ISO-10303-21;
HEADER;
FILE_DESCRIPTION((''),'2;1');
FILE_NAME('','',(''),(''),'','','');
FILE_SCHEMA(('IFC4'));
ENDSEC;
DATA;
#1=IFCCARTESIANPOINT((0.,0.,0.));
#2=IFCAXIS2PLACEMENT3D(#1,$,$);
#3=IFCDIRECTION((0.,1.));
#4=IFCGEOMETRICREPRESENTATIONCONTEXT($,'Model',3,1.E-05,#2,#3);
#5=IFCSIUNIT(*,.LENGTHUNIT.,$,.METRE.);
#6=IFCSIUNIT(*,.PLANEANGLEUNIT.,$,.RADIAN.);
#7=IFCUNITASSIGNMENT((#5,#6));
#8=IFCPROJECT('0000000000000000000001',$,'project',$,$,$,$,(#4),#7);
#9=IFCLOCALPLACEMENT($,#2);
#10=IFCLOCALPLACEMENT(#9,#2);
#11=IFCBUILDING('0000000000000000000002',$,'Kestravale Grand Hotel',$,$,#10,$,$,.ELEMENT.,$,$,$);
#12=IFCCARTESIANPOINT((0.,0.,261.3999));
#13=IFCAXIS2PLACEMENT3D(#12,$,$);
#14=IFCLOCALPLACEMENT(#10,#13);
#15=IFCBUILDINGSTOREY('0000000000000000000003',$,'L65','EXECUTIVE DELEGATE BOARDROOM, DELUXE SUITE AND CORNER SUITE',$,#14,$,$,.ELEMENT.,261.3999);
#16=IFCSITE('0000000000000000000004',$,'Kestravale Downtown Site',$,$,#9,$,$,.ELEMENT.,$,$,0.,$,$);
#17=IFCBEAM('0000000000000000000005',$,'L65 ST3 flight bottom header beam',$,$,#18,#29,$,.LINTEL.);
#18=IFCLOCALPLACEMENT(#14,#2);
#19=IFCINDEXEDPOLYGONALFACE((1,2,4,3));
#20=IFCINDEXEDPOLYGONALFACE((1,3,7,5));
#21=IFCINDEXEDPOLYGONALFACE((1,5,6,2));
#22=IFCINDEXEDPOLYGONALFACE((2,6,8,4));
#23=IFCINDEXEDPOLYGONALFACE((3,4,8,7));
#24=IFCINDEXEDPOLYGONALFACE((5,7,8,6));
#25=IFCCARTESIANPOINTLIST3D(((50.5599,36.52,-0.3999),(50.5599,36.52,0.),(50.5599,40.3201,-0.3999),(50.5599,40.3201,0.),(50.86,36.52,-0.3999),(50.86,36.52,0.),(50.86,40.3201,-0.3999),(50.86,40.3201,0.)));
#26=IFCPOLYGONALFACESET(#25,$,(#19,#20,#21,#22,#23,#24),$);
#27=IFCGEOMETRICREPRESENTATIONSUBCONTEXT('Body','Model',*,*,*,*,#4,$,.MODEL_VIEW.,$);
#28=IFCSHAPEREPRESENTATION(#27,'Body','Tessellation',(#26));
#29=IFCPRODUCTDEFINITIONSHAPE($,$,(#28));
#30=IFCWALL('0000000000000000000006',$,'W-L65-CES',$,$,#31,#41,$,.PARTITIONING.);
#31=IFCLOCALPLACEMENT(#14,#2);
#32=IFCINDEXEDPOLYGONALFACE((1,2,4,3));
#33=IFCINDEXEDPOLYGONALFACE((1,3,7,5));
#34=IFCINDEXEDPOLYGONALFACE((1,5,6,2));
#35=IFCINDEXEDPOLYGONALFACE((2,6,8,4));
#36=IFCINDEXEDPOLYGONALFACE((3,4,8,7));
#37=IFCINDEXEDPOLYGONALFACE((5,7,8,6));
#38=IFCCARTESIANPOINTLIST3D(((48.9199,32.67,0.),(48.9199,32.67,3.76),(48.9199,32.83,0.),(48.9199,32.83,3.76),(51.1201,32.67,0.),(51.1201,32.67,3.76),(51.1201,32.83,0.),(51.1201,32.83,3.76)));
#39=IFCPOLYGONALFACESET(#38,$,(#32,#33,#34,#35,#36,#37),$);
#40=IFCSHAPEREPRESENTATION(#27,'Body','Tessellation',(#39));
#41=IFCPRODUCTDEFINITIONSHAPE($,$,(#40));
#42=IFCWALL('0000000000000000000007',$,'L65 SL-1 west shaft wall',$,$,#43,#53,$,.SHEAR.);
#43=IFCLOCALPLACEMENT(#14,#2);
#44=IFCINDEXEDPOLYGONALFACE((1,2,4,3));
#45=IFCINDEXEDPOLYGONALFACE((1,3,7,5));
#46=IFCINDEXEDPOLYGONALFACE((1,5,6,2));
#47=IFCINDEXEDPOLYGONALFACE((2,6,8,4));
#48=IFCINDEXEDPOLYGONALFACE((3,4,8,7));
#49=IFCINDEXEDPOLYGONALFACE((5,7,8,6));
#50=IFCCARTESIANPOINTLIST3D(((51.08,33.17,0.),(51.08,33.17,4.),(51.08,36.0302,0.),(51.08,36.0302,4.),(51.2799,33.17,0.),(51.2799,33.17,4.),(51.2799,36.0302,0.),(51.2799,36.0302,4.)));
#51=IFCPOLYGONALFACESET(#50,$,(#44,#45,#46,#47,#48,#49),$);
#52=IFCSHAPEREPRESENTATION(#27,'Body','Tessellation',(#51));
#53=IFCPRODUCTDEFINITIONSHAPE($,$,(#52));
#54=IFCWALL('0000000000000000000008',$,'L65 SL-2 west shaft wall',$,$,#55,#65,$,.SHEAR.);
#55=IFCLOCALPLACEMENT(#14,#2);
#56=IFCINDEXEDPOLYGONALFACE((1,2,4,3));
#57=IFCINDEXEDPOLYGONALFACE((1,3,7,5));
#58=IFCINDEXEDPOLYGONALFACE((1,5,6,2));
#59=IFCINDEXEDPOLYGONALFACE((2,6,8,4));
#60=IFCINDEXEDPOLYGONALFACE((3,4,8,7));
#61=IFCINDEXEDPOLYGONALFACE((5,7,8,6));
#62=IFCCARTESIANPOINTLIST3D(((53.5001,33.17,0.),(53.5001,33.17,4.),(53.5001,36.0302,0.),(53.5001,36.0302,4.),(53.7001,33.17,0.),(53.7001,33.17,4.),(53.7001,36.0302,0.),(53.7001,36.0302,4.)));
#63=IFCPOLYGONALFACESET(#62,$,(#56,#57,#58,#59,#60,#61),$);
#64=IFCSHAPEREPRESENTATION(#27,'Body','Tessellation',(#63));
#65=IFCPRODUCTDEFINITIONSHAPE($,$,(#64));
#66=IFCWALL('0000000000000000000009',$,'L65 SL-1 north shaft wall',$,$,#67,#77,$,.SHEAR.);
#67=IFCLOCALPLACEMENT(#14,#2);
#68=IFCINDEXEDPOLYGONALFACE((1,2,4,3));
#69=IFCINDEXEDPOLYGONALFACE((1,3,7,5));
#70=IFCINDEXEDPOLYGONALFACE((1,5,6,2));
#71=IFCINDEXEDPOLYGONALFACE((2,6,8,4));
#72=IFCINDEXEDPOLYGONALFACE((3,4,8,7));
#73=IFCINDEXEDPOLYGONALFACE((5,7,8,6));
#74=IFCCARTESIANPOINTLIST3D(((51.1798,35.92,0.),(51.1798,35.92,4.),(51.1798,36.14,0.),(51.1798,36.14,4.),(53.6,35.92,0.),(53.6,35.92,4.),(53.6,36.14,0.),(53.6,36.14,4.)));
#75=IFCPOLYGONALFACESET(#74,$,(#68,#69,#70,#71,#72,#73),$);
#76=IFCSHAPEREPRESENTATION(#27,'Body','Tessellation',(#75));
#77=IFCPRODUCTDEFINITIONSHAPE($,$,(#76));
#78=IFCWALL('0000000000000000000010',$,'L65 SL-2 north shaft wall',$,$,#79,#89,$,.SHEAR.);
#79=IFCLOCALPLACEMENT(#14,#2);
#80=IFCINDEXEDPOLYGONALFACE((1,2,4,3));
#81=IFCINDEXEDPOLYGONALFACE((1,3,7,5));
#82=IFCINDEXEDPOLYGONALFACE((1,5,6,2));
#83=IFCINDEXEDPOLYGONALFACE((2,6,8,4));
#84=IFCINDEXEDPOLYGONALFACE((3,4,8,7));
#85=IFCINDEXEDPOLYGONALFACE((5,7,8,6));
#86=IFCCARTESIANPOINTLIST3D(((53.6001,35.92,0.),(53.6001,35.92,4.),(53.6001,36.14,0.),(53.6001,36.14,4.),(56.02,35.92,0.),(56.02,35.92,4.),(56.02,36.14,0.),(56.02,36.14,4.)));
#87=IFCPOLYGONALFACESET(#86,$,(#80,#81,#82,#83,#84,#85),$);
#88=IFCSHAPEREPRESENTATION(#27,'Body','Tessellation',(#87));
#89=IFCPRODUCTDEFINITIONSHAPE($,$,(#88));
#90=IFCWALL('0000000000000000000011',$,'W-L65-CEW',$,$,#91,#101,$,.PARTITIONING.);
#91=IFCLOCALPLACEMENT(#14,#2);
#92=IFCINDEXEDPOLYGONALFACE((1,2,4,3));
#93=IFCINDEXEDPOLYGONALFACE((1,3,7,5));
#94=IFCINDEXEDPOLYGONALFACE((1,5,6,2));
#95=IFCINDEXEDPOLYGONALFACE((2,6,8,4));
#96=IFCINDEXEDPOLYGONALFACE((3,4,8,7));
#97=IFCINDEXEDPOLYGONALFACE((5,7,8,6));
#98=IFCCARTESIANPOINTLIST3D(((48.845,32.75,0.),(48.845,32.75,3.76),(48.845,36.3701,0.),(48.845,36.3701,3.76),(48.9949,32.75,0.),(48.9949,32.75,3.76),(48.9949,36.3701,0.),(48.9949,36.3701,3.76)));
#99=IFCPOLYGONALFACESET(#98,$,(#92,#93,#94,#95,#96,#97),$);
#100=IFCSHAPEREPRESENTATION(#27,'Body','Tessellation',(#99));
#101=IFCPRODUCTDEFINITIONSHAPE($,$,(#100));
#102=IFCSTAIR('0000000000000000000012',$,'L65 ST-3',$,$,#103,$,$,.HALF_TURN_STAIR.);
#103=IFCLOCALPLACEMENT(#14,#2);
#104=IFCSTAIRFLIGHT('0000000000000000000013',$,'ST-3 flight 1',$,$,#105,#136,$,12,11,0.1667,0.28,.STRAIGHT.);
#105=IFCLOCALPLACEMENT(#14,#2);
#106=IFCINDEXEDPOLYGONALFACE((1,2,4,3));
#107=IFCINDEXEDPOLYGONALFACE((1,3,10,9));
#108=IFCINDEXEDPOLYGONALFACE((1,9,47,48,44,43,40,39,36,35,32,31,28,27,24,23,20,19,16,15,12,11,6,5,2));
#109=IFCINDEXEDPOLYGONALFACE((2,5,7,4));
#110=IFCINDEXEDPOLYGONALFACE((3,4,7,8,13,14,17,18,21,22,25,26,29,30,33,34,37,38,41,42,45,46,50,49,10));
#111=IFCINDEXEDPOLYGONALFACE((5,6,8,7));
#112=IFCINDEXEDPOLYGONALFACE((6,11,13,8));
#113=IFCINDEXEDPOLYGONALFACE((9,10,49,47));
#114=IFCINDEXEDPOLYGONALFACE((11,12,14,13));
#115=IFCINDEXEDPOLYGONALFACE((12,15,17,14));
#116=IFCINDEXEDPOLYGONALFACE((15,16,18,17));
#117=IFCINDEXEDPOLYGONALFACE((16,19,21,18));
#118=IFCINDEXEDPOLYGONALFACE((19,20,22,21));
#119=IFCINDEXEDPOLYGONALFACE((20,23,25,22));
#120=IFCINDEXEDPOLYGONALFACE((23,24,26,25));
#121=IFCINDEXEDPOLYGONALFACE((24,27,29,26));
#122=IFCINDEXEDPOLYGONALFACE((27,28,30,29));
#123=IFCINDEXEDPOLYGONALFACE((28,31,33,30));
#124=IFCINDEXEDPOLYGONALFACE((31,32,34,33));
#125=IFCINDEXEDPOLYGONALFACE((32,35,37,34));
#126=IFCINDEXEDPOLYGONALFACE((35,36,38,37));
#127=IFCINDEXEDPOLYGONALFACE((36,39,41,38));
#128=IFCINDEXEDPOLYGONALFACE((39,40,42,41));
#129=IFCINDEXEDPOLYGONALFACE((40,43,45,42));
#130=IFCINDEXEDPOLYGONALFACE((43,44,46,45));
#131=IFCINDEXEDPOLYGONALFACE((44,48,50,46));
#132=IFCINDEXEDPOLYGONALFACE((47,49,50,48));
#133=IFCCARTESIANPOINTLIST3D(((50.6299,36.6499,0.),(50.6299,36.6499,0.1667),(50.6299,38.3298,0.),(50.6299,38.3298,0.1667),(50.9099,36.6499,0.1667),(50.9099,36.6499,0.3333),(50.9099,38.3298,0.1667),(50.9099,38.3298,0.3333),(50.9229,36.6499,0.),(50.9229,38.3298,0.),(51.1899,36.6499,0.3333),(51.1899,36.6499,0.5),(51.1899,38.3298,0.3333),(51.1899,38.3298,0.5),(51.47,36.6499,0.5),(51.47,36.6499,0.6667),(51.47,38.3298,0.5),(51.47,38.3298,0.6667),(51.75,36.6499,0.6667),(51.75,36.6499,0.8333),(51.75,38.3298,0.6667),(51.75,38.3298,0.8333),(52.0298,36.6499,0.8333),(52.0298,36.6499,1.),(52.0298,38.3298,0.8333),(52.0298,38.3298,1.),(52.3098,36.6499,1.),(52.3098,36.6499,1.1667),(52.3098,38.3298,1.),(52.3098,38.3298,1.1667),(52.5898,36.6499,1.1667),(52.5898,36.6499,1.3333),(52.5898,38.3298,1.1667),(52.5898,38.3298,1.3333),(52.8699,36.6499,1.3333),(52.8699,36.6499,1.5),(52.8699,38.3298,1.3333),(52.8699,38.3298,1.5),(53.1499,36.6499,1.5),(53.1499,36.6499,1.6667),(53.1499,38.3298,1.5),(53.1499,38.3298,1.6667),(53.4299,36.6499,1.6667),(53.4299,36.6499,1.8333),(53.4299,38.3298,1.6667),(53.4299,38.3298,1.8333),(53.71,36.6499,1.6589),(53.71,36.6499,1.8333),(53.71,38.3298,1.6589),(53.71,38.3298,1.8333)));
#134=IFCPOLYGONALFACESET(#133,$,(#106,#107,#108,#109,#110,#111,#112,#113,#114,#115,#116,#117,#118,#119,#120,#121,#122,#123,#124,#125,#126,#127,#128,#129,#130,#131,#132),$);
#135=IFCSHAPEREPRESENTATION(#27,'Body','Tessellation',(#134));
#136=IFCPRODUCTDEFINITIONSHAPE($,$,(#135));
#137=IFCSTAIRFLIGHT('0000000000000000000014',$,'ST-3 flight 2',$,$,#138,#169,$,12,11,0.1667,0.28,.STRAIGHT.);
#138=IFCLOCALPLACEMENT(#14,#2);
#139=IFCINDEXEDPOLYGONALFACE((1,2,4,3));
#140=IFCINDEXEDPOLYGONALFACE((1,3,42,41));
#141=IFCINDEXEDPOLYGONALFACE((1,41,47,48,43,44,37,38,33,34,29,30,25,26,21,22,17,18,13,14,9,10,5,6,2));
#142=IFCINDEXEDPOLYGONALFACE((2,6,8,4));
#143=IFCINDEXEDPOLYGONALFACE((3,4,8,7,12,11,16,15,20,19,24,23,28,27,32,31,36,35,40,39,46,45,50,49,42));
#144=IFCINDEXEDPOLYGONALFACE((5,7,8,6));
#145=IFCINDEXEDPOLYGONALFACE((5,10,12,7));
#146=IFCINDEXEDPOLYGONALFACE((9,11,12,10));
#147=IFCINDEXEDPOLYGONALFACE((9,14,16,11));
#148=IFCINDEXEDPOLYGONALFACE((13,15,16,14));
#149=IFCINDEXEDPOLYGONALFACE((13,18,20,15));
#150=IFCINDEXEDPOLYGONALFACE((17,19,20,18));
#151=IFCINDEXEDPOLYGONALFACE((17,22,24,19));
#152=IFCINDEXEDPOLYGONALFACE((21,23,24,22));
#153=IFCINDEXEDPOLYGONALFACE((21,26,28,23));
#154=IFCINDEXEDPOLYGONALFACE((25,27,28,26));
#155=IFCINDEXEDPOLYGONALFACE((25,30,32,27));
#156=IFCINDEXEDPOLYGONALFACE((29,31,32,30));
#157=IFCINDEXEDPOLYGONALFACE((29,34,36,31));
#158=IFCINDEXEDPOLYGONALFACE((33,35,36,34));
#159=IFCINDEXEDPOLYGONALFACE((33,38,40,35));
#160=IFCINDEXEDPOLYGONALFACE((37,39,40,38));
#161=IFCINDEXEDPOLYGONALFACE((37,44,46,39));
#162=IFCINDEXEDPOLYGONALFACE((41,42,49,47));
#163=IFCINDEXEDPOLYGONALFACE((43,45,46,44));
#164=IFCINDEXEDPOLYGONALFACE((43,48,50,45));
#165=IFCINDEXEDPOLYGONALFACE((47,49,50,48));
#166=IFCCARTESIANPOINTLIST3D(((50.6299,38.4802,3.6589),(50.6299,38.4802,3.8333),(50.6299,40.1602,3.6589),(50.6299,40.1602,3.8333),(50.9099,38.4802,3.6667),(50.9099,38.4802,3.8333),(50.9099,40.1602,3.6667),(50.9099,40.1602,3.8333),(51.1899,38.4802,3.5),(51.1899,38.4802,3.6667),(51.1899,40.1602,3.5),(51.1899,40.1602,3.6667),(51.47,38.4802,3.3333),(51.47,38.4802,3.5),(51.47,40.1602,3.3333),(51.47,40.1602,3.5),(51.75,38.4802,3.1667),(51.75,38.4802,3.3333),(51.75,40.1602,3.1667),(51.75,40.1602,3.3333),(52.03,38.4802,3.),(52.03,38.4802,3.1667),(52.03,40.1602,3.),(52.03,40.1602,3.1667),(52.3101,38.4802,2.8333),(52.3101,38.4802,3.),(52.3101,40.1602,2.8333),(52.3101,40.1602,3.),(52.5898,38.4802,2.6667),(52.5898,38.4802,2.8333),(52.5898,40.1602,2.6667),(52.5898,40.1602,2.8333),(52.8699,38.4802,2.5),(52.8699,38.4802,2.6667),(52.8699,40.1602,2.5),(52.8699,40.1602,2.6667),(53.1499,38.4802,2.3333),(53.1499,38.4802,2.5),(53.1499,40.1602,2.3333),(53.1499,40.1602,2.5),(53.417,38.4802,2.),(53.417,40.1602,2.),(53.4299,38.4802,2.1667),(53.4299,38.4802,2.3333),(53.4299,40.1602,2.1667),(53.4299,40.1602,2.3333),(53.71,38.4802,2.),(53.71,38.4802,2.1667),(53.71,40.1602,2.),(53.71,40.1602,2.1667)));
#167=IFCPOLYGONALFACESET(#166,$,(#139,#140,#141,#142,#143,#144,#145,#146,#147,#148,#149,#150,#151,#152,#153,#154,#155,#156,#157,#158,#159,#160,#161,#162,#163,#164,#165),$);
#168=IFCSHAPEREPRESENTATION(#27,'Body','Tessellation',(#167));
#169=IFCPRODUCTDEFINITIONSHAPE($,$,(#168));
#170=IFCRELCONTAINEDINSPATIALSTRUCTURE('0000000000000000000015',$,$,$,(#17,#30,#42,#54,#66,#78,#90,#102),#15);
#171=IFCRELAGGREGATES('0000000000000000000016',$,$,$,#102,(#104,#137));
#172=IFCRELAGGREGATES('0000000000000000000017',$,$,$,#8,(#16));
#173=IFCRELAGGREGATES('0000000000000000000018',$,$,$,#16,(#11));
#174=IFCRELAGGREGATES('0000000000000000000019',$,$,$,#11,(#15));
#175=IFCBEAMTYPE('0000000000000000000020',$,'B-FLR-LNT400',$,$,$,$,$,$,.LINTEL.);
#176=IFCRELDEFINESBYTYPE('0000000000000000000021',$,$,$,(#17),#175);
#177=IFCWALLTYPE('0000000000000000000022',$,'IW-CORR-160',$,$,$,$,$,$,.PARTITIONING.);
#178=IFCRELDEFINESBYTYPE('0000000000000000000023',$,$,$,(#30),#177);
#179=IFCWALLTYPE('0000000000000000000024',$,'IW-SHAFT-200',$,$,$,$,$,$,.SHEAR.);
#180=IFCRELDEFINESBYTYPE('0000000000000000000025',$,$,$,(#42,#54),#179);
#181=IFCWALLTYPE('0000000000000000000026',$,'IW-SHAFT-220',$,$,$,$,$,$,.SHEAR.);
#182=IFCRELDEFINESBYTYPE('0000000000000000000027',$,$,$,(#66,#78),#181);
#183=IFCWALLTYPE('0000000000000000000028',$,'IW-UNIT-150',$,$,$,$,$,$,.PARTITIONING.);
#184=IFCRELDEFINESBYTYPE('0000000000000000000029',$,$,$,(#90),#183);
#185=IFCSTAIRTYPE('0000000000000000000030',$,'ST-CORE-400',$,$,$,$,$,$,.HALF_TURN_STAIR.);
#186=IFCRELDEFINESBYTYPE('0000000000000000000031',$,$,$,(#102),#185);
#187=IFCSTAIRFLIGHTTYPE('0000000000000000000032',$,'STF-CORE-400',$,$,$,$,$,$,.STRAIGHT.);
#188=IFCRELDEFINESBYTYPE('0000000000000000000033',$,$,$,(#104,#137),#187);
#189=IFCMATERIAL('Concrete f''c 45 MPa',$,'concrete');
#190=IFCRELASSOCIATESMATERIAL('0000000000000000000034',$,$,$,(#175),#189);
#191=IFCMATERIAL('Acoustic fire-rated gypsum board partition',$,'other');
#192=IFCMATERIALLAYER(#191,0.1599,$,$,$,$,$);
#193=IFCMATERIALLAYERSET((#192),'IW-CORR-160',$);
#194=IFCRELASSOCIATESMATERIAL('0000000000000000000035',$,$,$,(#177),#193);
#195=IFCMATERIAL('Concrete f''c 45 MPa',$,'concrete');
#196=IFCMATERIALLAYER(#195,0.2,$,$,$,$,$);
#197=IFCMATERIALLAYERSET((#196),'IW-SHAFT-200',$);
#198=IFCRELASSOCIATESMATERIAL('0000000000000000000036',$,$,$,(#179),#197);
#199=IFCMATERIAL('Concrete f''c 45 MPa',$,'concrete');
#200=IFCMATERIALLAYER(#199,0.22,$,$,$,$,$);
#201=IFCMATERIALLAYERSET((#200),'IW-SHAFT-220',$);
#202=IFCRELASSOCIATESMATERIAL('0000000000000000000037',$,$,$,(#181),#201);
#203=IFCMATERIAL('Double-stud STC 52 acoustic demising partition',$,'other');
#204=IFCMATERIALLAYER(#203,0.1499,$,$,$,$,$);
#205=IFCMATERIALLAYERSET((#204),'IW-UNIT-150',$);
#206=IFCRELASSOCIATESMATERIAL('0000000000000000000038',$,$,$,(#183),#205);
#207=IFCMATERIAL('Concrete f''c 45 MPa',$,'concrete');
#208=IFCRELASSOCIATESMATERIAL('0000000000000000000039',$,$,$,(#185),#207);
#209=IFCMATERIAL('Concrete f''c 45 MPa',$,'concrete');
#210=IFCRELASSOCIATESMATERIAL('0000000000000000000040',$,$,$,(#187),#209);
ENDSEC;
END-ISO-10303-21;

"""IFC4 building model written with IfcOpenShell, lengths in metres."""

from ifc_helpers import new_model, si_unit, direction, frame, frame_2d, origin, origin_2d, place, context, subcontext, project, spatial, polyline, rectangle, outline, extrude, material, layer, layer_set, material_profile, profile_set, type_object, element, aggregate, save


model = new_model("IFC4")

# Units and contexts
model_context = context("Model", 3, precision=1e-05, world=origin(), true_north=direction((0.0, 1.0)))
body_context = subcontext(model_context, "Body", "Model", "MODEL_VIEW")
ifc_project = project(units=[si_unit("LENGTHUNIT", "METRE"), si_unit("PLANEANGLEUNIT", "RADIAN")], contexts=[model_context])

# Site, building, storey
site_placement = place(None, origin())
site = spatial("IfcSite", under=ifc_project, at=site_placement, Name="Kestravale Downtown Site", CompositionType="ELEMENT", RefElevation=0.0)
building_placement = place(site_placement, origin())
building = spatial("IfcBuilding", under=site, at=building_placement, Name="Kestravale Grand Hotel", CompositionType="ELEMENT")
storey_placement = place(building_placement, frame((0.0, 0.0, 261.3999)))
storey = spatial("IfcBuildingStorey", under=building, at=storey_placement, Name="L65", Description="EXECUTIVE DELEGATE BOARDROOM, DELUXE SUITE AND CORNER SUITE", CompositionType="ELEMENT", Elevation=261.3999)

# Beam
ifc_material_1 = material(Name="Concrete f'c 45 MPa", Category="concrete")
ifc_material_profile = material_profile(ifc_material_1, rectangle(XDim=0.3, YDim=0.3999, at=origin_2d()))
ifc_profile_set = profile_set([ifc_material_profile], Name="Concrete f'c 45 MPa")
beam_type = type_object("IfcBeamType", Name="B-FLR-LNT400", PredefinedType="LINTEL", material=ifc_profile_set)
beam_placement = place(storey_placement, frame((50.71, 36.52, -0.2), z_axis=(0.0, 1.0, 0.0), x_axis=(-1.0, 0.0, 0.0)))
element("IfcBeam", 1, at=beam_placement, inside=storey, type_object=beam_type, Name="L65 ST3 flight bottom header beam", PredefinedType="LINTEL", context=body_context, shape_type="SweptSolid", body=[
    extrude(rectangle(XDim=0.3, YDim=0.3999, at=origin_2d()), origin(), (0.0, 0.0, 1.0), 3.8),
])

# Walls
ifc_material_2 = material(Name="Acoustic fire-rated gypsum board partition", Category="other")
ifc_layer_1 = layer(ifc_material_2, 0.1599)
ifc_layer_set_1 = layer_set([ifc_layer_1], Name="IW-CORR-160")
wall_type_1 = type_object("IfcWallType", Name="IW-CORR-160", PredefinedType="PARTITIONING", material=ifc_layer_set_1)
wall_1_placement = place(storey_placement, frame((48.9199, 32.75, 0.0), z_axis=(0.0, 0.0, 1.0), x_axis=(1.0, 0.0, 0.0)))
element("IfcWall", 2, at=wall_1_placement, inside=storey, type_object=wall_type_1, Name="W-L65-CES", PredefinedType="PARTITIONING", context=body_context, shape_type="SweptSolid", body=[
    extrude(rectangle(XDim=2.2002, YDim=0.1599, at=frame_2d((1.1001, 0.0))), origin(), (0.0, 0.0, 1.0), 3.76),
])
ifc_material_3 = material(Name="Concrete f'c 45 MPa", Category="concrete")
ifc_layer_2 = layer(ifc_material_3, 0.2)
ifc_layer_set_2 = layer_set([ifc_layer_2], Name="IW-SHAFT-200")
wall_type_2 = type_object("IfcWallType", Name="IW-SHAFT-200", PredefinedType="SHEAR", material=ifc_layer_set_2)
for number, where, z_axis, x_axis, name in (
    (3, (51.1799, 33.1699, 0.0), (0.0, 0.0, 1.0), (0.0, 1.0, 0.0), "L65 SL-1 west shaft wall"),
    (4, (53.6001, 33.1699, 0.0), (0.0, 0.0, 1.0), (0.0, 1.0, 0.0), "L65 SL-2 west shaft wall"),
):
    element("IfcWall", number, at=place(storey_placement, frame(where, z_axis=z_axis, x_axis=x_axis)), inside=storey, type_object=wall_type_2, Name=name, PredefinedType="SHEAR", context=body_context, shape_type="SweptSolid", body=[
        extrude(rectangle(XDim=2.8601, YDim=0.2, at=frame_2d((1.4302, 0.0))), origin(), (0.0, 0.0, 1.0), 4.0),
    ])
ifc_material_4 = material(Name="Concrete f'c 45 MPa", Category="concrete")
ifc_layer_3 = layer(ifc_material_4, 0.22)
ifc_layer_set_3 = layer_set([ifc_layer_3], Name="IW-SHAFT-220")
wall_type_3 = type_object("IfcWallType", Name="IW-SHAFT-220", PredefinedType="SHEAR", material=ifc_layer_set_3)
wall_2_placement = place(storey_placement, frame((51.1799, 36.03, 0.0), z_axis=(0.0, 0.0, 1.0), x_axis=(1.0, 0.0, 0.0)))
element("IfcWall", 5, at=wall_2_placement, inside=storey, type_object=wall_type_3, Name="L65 SL-1 north shaft wall", PredefinedType="SHEAR", context=body_context, shape_type="SweptSolid", body=[
    extrude(rectangle(XDim=2.4202, YDim=0.22, at=frame_2d((1.21, 0.0))), origin(), (0.0, 0.0, 1.0), 4.0),
])

# Wall
wall_3_placement = place(storey_placement, frame((53.6001, 36.03, 0.0), z_axis=(0.0, 0.0, 1.0), x_axis=(1.0, 0.0, 0.0)))
element("IfcWall", 6, at=wall_3_placement, inside=storey, type_object=wall_type_3, Name="L65 SL-2 north shaft wall", PredefinedType="SHEAR", context=body_context, shape_type="SweptSolid", body=[
    extrude(rectangle(XDim=2.4199, YDim=0.22, at=frame_2d((1.21, 0.0))), origin(), (0.0, 0.0, 1.0), 4.0),
])

# Wall
ifc_material_5 = material(Name="Double-stud STC 52 acoustic demising partition", Category="other")
ifc_layer_4 = layer(ifc_material_5, 0.1499)
ifc_layer_set_4 = layer_set([ifc_layer_4], Name="IW-UNIT-150")
wall_type_4 = type_object("IfcWallType", Name="IW-UNIT-150", PredefinedType="PARTITIONING", material=ifc_layer_set_4)
wall_4_placement = place(storey_placement, frame((48.9199, 32.75, 0.0), z_axis=(0.0, 0.0, 1.0), x_axis=(0.0, 1.0, 0.0)))
element("IfcWall", 7, at=wall_4_placement, inside=storey, type_object=wall_type_4, Name="W-L65-CEW", PredefinedType="PARTITIONING", context=body_context, shape_type="SweptSolid", body=[
    extrude(rectangle(XDim=3.6201, YDim=0.1499, at=frame_2d((1.8101, 0.0))), origin(), (0.0, 0.0, 1.0), 3.76),
])

# Stair, stair flights
ifc_material_6 = material(Name="Concrete f'c 45 MPa", Category="concrete")
stair_type = type_object("IfcStairType", Name="ST-CORE-400", PredefinedType="HALF_TURN_STAIR", material=ifc_material_6)
stair_placement = place(storey_placement, origin())
stair = element("IfcStair", 8, at=stair_placement, inside=storey, type_object=stair_type, Name="L65 ST-3", PredefinedType="HALF_TURN_STAIR")
ifc_material_7 = material(Name="Concrete f'c 45 MPa", Category="concrete")
stair_flight_type = type_object("IfcStairFlightType", Name="STF-CORE-400", PredefinedType="STRAIGHT", material=ifc_material_7)
stair_flight_1_placement = place(storey_placement, frame((50.6299, 37.49, 0.0), z_axis=(0.0, 0.0, 1.0), x_axis=(1.0, 0.0, 0.0)))
stair_flight_1 = element("IfcStairFlight", 9, at=stair_flight_1_placement, type_object=stair_flight_type, Name="ST-3 flight 1", NumberOfRisers=12, NumberOfTreads=11, PredefinedType="STRAIGHT", RiserHeight=0.1667, TreadLength=0.28, context=body_context, shape_type="SweptSolid", body=[
    extrude(outline(polyline([(0.0, 0.0), (0.0, 0.1667), (0.28, 0.1667), (0.28, 0.3333), (0.5601, 0.3333), (0.5601, 0.5), (0.8401, 0.5), (0.8401, 0.6667), (1.1201, 0.6667), (1.1201, 0.8333), (1.3999, 0.8333), (1.3999, 1.0), (1.6799, 1.0), (1.6799, 1.1667), (1.96, 1.1667), (1.96, 1.3333), (2.24, 1.3333), (2.24, 1.5), (2.52, 1.5), (2.52, 1.6667), (2.8, 1.6667), (2.8, 1.8333), (3.0801, 1.8333), (3.0801, 2.0), (3.0801, 1.6589), (0.293, 0.0), (0.0, 0.0)])), frame((0.0, 0.8398, 0.0), z_axis=(0.0, -1.0, 0.0), x_axis=(1.0, 0.0, 0.0)), (0.0, 0.0, 1.0), 1.6799),
])
stair_flight_2_placement = place(storey_placement, frame((53.71, 39.3201, 2.0), z_axis=(0.0, 0.0, 1.0), x_axis=(-1.0, 0.0, 0.0)))
stair_flight_2 = element("IfcStairFlight", 10, at=stair_flight_2_placement, type_object=stair_flight_type, Name="ST-3 flight 2", NumberOfRisers=12, NumberOfTreads=11, PredefinedType="STRAIGHT", RiserHeight=0.1667, TreadLength=0.28, context=body_context, shape_type="SweptSolid", body=[
    extrude(outline(polyline([(0.0, 0.0), (0.0, 0.1667), (0.28, 0.1667), (0.28, 0.3333), (0.5601, 0.3333), (0.5601, 0.5), (0.8401, 0.5), (0.8401, 0.6667), (1.1201, 0.6667), (1.1201, 0.8333), (1.3999, 0.8333), (1.3999, 1.0), (1.6799, 1.0), (1.6799, 1.1667), (1.96, 1.1667), (1.96, 1.3333), (2.24, 1.3333), (2.24, 1.5), (2.52, 1.5), (2.52, 1.6667), (2.8, 1.6667), (2.8, 1.8333), (3.0801, 1.8333), (3.0801, 2.0), (3.0801, 1.6589), (0.293, 0.0), (0.0, 0.0)])), frame((0.0, 0.8398, 0.0), z_axis=(0.0, -1.0, 0.0), x_axis=(1.0, 0.0, 0.0)), (0.0, 0.0, 1.0), 1.6799),
])
aggregate(stair, [stair_flight_1, stair_flight_2])

save(model, "model.ifc")
